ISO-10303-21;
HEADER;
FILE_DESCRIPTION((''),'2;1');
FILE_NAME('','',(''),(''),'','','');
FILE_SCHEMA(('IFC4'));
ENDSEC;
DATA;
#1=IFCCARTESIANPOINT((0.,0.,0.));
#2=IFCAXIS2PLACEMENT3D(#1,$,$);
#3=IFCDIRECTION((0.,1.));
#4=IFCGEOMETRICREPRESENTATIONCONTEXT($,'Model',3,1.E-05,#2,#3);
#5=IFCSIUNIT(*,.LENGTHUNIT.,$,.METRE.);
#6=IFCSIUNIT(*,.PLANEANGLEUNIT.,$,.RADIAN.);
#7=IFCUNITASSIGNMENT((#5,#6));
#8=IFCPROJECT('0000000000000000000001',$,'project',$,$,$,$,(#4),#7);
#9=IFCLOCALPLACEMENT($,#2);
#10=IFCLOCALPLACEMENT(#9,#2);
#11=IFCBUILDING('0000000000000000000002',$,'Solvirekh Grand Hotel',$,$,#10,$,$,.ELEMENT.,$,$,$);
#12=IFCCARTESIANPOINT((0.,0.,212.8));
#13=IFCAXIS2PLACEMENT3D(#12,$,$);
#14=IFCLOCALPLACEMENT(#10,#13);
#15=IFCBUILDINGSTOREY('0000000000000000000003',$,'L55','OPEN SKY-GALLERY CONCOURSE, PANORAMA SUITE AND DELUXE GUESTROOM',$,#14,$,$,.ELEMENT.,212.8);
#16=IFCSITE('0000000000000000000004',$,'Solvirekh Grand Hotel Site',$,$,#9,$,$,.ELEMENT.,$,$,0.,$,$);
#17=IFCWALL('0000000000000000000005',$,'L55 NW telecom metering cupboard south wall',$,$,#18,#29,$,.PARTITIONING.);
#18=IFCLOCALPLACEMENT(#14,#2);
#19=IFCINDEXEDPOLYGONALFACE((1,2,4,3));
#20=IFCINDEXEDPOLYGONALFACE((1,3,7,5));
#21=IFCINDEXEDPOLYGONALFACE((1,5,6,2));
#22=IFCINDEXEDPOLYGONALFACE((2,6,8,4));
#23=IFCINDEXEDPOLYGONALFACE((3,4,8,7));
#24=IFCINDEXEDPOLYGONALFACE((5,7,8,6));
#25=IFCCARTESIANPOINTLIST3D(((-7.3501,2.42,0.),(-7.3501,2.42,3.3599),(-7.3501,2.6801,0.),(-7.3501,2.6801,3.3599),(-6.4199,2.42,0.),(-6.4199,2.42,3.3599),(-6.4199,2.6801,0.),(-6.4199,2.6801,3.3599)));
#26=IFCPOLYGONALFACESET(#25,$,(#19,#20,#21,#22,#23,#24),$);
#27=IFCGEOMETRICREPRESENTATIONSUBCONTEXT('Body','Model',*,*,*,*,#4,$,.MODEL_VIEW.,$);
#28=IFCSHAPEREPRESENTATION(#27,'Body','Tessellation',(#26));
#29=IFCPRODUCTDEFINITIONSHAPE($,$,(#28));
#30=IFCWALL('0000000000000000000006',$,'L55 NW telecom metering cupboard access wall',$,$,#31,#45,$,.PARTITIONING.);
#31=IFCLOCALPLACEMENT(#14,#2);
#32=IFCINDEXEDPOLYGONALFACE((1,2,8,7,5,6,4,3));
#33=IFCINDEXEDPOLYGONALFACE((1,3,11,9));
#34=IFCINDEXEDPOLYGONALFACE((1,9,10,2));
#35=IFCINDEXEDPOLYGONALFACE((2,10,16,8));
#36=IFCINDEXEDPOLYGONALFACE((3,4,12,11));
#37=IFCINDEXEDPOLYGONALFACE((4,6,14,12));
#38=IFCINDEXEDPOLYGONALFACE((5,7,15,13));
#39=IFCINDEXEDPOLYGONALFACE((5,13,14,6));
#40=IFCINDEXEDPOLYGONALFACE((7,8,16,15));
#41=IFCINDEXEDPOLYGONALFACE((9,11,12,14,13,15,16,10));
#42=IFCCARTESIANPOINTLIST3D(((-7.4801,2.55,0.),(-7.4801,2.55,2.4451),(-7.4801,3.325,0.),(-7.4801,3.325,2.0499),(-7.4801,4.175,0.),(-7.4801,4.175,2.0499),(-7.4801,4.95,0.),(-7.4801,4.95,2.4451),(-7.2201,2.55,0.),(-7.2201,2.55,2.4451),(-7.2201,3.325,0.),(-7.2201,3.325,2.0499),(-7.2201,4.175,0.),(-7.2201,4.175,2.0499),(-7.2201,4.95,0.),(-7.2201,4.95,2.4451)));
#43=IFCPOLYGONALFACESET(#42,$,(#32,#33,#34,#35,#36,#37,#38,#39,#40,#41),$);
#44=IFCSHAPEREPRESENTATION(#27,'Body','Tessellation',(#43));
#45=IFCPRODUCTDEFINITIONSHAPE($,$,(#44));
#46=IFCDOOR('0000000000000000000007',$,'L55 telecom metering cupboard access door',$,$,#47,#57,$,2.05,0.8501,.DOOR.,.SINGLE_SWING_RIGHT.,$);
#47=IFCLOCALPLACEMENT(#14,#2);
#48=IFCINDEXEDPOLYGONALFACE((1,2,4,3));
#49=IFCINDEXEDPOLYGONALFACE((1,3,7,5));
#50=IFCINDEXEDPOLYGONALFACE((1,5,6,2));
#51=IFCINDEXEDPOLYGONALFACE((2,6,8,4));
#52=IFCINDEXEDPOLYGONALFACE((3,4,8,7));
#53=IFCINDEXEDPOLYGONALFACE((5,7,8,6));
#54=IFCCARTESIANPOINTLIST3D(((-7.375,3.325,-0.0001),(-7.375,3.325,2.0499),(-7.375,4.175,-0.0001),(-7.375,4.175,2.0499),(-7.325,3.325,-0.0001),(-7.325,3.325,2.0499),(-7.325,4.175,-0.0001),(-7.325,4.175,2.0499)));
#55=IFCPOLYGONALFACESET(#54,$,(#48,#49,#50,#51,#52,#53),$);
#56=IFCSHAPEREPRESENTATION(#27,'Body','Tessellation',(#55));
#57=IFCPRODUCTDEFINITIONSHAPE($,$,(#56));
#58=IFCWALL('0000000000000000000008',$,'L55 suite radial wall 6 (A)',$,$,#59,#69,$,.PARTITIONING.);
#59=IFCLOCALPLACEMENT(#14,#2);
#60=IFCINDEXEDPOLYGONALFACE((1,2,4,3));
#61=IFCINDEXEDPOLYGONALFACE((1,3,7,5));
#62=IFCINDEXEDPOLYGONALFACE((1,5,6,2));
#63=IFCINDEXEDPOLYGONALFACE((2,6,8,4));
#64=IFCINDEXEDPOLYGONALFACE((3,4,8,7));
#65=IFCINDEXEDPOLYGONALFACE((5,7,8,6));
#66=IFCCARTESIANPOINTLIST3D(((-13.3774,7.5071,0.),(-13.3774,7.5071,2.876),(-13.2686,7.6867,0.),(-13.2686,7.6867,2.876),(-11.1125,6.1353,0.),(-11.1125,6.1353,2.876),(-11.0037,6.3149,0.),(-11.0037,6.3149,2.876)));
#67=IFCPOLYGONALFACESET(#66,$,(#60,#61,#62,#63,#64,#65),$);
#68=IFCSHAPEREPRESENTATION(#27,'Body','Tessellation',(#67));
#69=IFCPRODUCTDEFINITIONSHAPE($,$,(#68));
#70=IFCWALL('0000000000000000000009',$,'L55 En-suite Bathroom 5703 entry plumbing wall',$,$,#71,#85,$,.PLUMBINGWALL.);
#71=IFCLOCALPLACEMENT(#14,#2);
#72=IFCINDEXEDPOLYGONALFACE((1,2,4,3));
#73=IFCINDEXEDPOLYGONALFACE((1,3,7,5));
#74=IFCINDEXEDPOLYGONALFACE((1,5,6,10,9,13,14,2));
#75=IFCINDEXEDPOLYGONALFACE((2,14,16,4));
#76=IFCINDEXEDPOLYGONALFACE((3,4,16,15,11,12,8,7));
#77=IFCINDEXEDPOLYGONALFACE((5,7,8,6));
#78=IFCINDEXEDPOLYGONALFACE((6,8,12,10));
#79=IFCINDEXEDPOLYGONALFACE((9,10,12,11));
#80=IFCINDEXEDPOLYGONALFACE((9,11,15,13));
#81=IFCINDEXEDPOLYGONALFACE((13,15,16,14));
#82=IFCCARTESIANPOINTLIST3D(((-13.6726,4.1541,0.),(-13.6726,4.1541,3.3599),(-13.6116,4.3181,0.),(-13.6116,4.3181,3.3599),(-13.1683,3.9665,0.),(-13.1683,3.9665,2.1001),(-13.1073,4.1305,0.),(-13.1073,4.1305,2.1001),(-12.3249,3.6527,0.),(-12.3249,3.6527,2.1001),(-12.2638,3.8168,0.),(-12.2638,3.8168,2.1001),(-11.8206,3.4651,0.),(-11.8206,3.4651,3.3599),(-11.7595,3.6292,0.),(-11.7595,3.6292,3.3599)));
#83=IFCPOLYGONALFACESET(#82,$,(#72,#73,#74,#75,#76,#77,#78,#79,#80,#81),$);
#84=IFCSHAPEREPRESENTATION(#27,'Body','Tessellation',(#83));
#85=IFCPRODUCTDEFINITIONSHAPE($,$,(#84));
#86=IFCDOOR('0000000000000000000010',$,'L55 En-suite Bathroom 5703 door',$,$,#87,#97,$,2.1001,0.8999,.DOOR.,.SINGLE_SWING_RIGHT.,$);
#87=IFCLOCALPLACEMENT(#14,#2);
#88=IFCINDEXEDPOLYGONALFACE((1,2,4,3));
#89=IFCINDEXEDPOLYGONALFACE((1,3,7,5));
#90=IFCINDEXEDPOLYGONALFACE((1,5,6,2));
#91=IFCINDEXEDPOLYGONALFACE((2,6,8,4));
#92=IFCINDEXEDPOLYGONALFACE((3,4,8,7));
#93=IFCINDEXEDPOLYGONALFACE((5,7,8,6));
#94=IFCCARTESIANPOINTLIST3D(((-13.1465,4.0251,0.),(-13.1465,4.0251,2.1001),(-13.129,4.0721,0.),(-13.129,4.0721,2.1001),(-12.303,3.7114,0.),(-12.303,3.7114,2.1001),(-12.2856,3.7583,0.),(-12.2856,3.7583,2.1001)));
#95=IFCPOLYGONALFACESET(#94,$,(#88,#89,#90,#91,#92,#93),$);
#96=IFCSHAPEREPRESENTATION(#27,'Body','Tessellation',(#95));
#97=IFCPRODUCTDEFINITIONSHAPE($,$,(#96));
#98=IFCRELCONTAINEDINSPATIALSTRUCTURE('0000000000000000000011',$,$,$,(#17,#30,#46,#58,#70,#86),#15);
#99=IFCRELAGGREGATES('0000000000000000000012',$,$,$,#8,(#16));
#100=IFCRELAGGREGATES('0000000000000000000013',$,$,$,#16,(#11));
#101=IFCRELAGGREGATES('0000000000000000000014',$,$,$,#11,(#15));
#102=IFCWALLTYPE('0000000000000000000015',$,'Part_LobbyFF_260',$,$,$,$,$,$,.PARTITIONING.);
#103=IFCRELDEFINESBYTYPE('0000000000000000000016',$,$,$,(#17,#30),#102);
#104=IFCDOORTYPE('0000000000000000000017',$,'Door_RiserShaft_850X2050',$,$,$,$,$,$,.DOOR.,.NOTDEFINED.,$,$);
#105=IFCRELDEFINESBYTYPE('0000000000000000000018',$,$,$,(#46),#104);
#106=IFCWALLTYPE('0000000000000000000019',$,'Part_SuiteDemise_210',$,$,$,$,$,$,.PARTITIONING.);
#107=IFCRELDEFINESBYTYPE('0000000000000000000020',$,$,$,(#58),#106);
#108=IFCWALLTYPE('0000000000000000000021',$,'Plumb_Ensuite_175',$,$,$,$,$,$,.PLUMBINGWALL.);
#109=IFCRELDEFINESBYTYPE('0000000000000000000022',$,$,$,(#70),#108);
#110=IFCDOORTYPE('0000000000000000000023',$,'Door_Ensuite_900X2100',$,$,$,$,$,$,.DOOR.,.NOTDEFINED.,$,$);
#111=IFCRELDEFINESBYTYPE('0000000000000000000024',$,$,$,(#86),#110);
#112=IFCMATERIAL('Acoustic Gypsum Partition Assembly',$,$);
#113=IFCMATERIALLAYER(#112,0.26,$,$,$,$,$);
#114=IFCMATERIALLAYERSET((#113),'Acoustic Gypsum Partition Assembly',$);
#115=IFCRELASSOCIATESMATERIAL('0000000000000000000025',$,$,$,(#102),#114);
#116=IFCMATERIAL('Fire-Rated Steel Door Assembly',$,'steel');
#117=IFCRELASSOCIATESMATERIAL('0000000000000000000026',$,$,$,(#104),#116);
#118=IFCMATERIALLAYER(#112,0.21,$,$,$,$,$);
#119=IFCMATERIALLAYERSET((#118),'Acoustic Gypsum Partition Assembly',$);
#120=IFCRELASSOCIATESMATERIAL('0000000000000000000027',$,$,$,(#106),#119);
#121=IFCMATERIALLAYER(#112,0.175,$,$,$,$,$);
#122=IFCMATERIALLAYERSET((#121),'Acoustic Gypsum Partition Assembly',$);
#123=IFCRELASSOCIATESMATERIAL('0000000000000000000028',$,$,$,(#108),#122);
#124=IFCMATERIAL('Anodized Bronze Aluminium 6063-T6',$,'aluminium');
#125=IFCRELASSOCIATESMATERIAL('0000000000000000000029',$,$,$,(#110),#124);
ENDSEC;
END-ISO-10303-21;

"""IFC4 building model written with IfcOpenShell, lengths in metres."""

from ifc_helpers import new_model, si_unit, direction, frame, frame_2d, origin, place, context, subcontext, project, spatial, rectangle, extrude, material, layer, layer_set, type_object, element, fill, save


model = new_model("IFC4")

# Units and contexts
model_context = context("Model", 3, precision=1e-05, world=origin(), true_north=direction((0.0, 1.0)))
body_context = subcontext(model_context, "Body", "Model", "MODEL_VIEW")
ifc_project = project(units=[si_unit("LENGTHUNIT", "METRE"), si_unit("PLANEANGLEUNIT", "RADIAN")], contexts=[model_context])

# Site, building, storey
site_placement = place(None, origin())
site = spatial("IfcSite", under=ifc_project, at=site_placement, Name="Solvirekh Grand Hotel Site", CompositionType="ELEMENT", RefElevation=0.0)
building_placement = place(site_placement, origin())
building = spatial("IfcBuilding", under=site, at=building_placement, Name="Solvirekh Grand Hotel", CompositionType="ELEMENT")
storey_placement = place(building_placement, frame((0.0, 0.0, 212.8)))
storey = spatial("IfcBuildingStorey", under=building, at=storey_placement, Name="L55", Description="OPEN SKY-GALLERY CONCOURSE, PANORAMA SUITE AND DELUXE GUESTROOM", CompositionType="ELEMENT", Elevation=212.8)

# Shared definitions
ifc_material_1 = material(Name="Anodized Bronze Aluminium 6063-T6", Category="aluminium")

# Shared definitions
ifc_material_2 = material(Name="Acoustic Gypsum Partition Assembly")

# Shared definitions
ifc_material_3 = material(Name="Fire-Rated Steel Door Assembly", Category="steel")

# Wall
ifc_layer_1 = layer(ifc_material_2, 0.26)
ifc_layer_set_1 = layer_set([ifc_layer_1], Name="Acoustic Gypsum Partition Assembly")
wall_type_1 = type_object("IfcWallType", Name="Part_LobbyFF_260", PredefinedType="PARTITIONING", material=ifc_layer_set_1)
for number, where, z_axis, x_axis, name in (
    (1, (-7.3501, 2.55, 0.0), (0.0, 0.0, 1.0), (1.0, 0.0, 0.0), "L55 NW telecom metering cupboard south wall"),
):
    element("IfcWall", number, at=place(storey_placement, frame(where, z_axis=z_axis, x_axis=x_axis)), inside=storey, type_object=wall_type_1, Name=name, PredefinedType="PARTITIONING", context=body_context, shape_type="SweptSolid", body=[
        extrude(rectangle(XDim=0.9302, YDim=0.26, at=frame_2d((0.4651, 0.0))), origin(), (0.0, 0.0, 1.0), 3.3599),
    ])

# Wall, opening, door
wall_1_placement = place(storey_placement, frame((-7.3501, 2.55, 0.0), z_axis=(0.0, 0.0, 1.0), x_axis=(0.0, 1.0, 0.0)))
wall_1 = element("IfcWall", 2, at=wall_1_placement, inside=storey, type_object=wall_type_1, Name="L55 NW telecom metering cupboard access wall", PredefinedType="PARTITIONING", context=body_context, shape_type="SweptSolid", body=[
    extrude(rectangle(XDim=2.3999, YDim=0.26, at=frame_2d((1.2, 0.0))), origin(), (0.0, 0.0, 1.0), 2.4451),
])
opening_1_placement = place(wall_1_placement, frame((0.7749, 0.0, 0.0)))
opening_1 = element("IfcOpeningElement", 3, at=opening_1_placement, cuts=wall_1, PredefinedType="OPENING", context=body_context, shape_type="SweptSolid", body=[
    extrude(rectangle(XDim=0.8501, YDim=2.05, at=frame_2d((0.425, 1.0249))), frame((0.0, 0.1401, 0.0), z_axis=(0.0, -1.0, 0.0), x_axis=(1.0, 0.0, 0.0)), (0.0, 0.0, 1.0), 0.28),
])
door_type_1 = type_object("IfcDoorType", Name="Door_RiserShaft_850X2050", OperationType="NOTDEFINED", PredefinedType="DOOR", material=ifc_material_3)
door_1_placement = place(opening_1_placement, origin())
door_1 = element("IfcDoor", 4, at=door_1_placement, inside=storey, type_object=door_type_1, Name="L55 telecom metering cupboard access door", OperationType="SINGLE_SWING_RIGHT", OverallHeight=2.05, OverallWidth=0.8501, PredefinedType="DOOR", context=body_context, shape_type="SweptSolid", body=[
    extrude(rectangle(XDim=0.8501, YDim=2.05, at=frame_2d((0.425, 1.0249))), frame((0.0, 0.0249, 0.0), z_axis=(0.0, -1.0, 0.0), x_axis=(1.0, 0.0, 0.0)), (0.0, 0.0, 1.0), 0.05),
])
fill(opening_1, door_1)

# Wall
ifc_layer_2 = layer(ifc_material_2, 0.21)
ifc_layer_set_2 = layer_set([ifc_layer_2], Name="Acoustic Gypsum Partition Assembly")
wall_type_2 = type_object("IfcWallType", Name="Part_SuiteDemise_210", PredefinedType="PARTITIONING", material=ifc_layer_set_2)
wall_2_placement = place(storey_placement, frame((-11.0581, 6.2251, 0.0), z_axis=(0.0, 0.0, 1.0), x_axis=(-0.855338, 0.518071, 0.0)))
element("IfcWall", 5, at=wall_2_placement, inside=storey, type_object=wall_type_2, Name="L55 suite radial wall 6 (A)", PredefinedType="PARTITIONING", context=body_context, shape_type="SweptSolid", body=[
    extrude(rectangle(XDim=2.6479, YDim=0.21, at=frame_2d((1.324, 0.0))), origin(), (0.0, 0.0, 1.0), 2.876),
])

# Wall, opening, door
ifc_layer_3 = layer(ifc_material_2, 0.175)
ifc_layer_set_3 = layer_set([ifc_layer_3], Name="Acoustic Gypsum Partition Assembly")
wall_type_3 = type_object("IfcWallType", Name="Plumb_Ensuite_175", PredefinedType="PLUMBINGWALL", material=ifc_layer_set_3)
wall_3_placement = place(storey_placement, frame((-11.79, 3.5471, 0.0), z_axis=(0.0, 0.0, 1.0), x_axis=(-0.93725, 0.348658, 0.0)))
wall_3 = element("IfcWall", 6, at=wall_3_placement, inside=storey, type_object=wall_type_3, Name="L55 En-suite Bathroom 5703 entry plumbing wall", PredefinedType="PLUMBINGWALL", context=body_context, shape_type="SweptSolid", body=[
    extrude(rectangle(XDim=1.9761, YDim=0.175, at=frame_2d((0.988, 0.0))), origin(), (0.0, 0.0, 1.0), 3.3599),
])
opening_2_placement = place(wall_3_placement, frame((0.5381, 0.0, 0.0)))
opening_2 = element("IfcOpeningElement", 7, at=opening_2_placement, cuts=wall_3, PredefinedType="OPENING", context=body_context, shape_type="SweptSolid", body=[
    extrude(rectangle(XDim=0.8999, YDim=2.1001, at=frame_2d((0.45, 1.05))), frame((0.0, 0.0977, 0.0), z_axis=(0.0, -1.0, 0.0), x_axis=(1.0, 0.0, 0.0)), (0.0, 0.0, 1.0), 0.1951),
])
door_type_2 = type_object("IfcDoorType", Name="Door_Ensuite_900X2100", OperationType="NOTDEFINED", PredefinedType="DOOR", material=ifc_material_1)
door_2_placement = place(opening_2_placement, origin())
door_2 = element("IfcDoor", 8, at=door_2_placement, inside=storey, type_object=door_type_2, Name="L55 En-suite Bathroom 5703 door", OperationType="SINGLE_SWING_RIGHT", OverallHeight=2.1001, OverallWidth=0.8999, PredefinedType="DOOR", context=body_context, shape_type="SweptSolid", body=[
    extrude(rectangle(XDim=0.8999, YDim=2.1001, at=frame_2d((0.45, 1.05))), frame((0.0, 0.0249, 0.0), z_axis=(0.0, -1.0, 0.0), x_axis=(1.0, 0.0, 0.0)), (0.0, 0.0, 1.0), 0.05),
])
fill(opening_2, door_2)

save(model, "model.ifc")
